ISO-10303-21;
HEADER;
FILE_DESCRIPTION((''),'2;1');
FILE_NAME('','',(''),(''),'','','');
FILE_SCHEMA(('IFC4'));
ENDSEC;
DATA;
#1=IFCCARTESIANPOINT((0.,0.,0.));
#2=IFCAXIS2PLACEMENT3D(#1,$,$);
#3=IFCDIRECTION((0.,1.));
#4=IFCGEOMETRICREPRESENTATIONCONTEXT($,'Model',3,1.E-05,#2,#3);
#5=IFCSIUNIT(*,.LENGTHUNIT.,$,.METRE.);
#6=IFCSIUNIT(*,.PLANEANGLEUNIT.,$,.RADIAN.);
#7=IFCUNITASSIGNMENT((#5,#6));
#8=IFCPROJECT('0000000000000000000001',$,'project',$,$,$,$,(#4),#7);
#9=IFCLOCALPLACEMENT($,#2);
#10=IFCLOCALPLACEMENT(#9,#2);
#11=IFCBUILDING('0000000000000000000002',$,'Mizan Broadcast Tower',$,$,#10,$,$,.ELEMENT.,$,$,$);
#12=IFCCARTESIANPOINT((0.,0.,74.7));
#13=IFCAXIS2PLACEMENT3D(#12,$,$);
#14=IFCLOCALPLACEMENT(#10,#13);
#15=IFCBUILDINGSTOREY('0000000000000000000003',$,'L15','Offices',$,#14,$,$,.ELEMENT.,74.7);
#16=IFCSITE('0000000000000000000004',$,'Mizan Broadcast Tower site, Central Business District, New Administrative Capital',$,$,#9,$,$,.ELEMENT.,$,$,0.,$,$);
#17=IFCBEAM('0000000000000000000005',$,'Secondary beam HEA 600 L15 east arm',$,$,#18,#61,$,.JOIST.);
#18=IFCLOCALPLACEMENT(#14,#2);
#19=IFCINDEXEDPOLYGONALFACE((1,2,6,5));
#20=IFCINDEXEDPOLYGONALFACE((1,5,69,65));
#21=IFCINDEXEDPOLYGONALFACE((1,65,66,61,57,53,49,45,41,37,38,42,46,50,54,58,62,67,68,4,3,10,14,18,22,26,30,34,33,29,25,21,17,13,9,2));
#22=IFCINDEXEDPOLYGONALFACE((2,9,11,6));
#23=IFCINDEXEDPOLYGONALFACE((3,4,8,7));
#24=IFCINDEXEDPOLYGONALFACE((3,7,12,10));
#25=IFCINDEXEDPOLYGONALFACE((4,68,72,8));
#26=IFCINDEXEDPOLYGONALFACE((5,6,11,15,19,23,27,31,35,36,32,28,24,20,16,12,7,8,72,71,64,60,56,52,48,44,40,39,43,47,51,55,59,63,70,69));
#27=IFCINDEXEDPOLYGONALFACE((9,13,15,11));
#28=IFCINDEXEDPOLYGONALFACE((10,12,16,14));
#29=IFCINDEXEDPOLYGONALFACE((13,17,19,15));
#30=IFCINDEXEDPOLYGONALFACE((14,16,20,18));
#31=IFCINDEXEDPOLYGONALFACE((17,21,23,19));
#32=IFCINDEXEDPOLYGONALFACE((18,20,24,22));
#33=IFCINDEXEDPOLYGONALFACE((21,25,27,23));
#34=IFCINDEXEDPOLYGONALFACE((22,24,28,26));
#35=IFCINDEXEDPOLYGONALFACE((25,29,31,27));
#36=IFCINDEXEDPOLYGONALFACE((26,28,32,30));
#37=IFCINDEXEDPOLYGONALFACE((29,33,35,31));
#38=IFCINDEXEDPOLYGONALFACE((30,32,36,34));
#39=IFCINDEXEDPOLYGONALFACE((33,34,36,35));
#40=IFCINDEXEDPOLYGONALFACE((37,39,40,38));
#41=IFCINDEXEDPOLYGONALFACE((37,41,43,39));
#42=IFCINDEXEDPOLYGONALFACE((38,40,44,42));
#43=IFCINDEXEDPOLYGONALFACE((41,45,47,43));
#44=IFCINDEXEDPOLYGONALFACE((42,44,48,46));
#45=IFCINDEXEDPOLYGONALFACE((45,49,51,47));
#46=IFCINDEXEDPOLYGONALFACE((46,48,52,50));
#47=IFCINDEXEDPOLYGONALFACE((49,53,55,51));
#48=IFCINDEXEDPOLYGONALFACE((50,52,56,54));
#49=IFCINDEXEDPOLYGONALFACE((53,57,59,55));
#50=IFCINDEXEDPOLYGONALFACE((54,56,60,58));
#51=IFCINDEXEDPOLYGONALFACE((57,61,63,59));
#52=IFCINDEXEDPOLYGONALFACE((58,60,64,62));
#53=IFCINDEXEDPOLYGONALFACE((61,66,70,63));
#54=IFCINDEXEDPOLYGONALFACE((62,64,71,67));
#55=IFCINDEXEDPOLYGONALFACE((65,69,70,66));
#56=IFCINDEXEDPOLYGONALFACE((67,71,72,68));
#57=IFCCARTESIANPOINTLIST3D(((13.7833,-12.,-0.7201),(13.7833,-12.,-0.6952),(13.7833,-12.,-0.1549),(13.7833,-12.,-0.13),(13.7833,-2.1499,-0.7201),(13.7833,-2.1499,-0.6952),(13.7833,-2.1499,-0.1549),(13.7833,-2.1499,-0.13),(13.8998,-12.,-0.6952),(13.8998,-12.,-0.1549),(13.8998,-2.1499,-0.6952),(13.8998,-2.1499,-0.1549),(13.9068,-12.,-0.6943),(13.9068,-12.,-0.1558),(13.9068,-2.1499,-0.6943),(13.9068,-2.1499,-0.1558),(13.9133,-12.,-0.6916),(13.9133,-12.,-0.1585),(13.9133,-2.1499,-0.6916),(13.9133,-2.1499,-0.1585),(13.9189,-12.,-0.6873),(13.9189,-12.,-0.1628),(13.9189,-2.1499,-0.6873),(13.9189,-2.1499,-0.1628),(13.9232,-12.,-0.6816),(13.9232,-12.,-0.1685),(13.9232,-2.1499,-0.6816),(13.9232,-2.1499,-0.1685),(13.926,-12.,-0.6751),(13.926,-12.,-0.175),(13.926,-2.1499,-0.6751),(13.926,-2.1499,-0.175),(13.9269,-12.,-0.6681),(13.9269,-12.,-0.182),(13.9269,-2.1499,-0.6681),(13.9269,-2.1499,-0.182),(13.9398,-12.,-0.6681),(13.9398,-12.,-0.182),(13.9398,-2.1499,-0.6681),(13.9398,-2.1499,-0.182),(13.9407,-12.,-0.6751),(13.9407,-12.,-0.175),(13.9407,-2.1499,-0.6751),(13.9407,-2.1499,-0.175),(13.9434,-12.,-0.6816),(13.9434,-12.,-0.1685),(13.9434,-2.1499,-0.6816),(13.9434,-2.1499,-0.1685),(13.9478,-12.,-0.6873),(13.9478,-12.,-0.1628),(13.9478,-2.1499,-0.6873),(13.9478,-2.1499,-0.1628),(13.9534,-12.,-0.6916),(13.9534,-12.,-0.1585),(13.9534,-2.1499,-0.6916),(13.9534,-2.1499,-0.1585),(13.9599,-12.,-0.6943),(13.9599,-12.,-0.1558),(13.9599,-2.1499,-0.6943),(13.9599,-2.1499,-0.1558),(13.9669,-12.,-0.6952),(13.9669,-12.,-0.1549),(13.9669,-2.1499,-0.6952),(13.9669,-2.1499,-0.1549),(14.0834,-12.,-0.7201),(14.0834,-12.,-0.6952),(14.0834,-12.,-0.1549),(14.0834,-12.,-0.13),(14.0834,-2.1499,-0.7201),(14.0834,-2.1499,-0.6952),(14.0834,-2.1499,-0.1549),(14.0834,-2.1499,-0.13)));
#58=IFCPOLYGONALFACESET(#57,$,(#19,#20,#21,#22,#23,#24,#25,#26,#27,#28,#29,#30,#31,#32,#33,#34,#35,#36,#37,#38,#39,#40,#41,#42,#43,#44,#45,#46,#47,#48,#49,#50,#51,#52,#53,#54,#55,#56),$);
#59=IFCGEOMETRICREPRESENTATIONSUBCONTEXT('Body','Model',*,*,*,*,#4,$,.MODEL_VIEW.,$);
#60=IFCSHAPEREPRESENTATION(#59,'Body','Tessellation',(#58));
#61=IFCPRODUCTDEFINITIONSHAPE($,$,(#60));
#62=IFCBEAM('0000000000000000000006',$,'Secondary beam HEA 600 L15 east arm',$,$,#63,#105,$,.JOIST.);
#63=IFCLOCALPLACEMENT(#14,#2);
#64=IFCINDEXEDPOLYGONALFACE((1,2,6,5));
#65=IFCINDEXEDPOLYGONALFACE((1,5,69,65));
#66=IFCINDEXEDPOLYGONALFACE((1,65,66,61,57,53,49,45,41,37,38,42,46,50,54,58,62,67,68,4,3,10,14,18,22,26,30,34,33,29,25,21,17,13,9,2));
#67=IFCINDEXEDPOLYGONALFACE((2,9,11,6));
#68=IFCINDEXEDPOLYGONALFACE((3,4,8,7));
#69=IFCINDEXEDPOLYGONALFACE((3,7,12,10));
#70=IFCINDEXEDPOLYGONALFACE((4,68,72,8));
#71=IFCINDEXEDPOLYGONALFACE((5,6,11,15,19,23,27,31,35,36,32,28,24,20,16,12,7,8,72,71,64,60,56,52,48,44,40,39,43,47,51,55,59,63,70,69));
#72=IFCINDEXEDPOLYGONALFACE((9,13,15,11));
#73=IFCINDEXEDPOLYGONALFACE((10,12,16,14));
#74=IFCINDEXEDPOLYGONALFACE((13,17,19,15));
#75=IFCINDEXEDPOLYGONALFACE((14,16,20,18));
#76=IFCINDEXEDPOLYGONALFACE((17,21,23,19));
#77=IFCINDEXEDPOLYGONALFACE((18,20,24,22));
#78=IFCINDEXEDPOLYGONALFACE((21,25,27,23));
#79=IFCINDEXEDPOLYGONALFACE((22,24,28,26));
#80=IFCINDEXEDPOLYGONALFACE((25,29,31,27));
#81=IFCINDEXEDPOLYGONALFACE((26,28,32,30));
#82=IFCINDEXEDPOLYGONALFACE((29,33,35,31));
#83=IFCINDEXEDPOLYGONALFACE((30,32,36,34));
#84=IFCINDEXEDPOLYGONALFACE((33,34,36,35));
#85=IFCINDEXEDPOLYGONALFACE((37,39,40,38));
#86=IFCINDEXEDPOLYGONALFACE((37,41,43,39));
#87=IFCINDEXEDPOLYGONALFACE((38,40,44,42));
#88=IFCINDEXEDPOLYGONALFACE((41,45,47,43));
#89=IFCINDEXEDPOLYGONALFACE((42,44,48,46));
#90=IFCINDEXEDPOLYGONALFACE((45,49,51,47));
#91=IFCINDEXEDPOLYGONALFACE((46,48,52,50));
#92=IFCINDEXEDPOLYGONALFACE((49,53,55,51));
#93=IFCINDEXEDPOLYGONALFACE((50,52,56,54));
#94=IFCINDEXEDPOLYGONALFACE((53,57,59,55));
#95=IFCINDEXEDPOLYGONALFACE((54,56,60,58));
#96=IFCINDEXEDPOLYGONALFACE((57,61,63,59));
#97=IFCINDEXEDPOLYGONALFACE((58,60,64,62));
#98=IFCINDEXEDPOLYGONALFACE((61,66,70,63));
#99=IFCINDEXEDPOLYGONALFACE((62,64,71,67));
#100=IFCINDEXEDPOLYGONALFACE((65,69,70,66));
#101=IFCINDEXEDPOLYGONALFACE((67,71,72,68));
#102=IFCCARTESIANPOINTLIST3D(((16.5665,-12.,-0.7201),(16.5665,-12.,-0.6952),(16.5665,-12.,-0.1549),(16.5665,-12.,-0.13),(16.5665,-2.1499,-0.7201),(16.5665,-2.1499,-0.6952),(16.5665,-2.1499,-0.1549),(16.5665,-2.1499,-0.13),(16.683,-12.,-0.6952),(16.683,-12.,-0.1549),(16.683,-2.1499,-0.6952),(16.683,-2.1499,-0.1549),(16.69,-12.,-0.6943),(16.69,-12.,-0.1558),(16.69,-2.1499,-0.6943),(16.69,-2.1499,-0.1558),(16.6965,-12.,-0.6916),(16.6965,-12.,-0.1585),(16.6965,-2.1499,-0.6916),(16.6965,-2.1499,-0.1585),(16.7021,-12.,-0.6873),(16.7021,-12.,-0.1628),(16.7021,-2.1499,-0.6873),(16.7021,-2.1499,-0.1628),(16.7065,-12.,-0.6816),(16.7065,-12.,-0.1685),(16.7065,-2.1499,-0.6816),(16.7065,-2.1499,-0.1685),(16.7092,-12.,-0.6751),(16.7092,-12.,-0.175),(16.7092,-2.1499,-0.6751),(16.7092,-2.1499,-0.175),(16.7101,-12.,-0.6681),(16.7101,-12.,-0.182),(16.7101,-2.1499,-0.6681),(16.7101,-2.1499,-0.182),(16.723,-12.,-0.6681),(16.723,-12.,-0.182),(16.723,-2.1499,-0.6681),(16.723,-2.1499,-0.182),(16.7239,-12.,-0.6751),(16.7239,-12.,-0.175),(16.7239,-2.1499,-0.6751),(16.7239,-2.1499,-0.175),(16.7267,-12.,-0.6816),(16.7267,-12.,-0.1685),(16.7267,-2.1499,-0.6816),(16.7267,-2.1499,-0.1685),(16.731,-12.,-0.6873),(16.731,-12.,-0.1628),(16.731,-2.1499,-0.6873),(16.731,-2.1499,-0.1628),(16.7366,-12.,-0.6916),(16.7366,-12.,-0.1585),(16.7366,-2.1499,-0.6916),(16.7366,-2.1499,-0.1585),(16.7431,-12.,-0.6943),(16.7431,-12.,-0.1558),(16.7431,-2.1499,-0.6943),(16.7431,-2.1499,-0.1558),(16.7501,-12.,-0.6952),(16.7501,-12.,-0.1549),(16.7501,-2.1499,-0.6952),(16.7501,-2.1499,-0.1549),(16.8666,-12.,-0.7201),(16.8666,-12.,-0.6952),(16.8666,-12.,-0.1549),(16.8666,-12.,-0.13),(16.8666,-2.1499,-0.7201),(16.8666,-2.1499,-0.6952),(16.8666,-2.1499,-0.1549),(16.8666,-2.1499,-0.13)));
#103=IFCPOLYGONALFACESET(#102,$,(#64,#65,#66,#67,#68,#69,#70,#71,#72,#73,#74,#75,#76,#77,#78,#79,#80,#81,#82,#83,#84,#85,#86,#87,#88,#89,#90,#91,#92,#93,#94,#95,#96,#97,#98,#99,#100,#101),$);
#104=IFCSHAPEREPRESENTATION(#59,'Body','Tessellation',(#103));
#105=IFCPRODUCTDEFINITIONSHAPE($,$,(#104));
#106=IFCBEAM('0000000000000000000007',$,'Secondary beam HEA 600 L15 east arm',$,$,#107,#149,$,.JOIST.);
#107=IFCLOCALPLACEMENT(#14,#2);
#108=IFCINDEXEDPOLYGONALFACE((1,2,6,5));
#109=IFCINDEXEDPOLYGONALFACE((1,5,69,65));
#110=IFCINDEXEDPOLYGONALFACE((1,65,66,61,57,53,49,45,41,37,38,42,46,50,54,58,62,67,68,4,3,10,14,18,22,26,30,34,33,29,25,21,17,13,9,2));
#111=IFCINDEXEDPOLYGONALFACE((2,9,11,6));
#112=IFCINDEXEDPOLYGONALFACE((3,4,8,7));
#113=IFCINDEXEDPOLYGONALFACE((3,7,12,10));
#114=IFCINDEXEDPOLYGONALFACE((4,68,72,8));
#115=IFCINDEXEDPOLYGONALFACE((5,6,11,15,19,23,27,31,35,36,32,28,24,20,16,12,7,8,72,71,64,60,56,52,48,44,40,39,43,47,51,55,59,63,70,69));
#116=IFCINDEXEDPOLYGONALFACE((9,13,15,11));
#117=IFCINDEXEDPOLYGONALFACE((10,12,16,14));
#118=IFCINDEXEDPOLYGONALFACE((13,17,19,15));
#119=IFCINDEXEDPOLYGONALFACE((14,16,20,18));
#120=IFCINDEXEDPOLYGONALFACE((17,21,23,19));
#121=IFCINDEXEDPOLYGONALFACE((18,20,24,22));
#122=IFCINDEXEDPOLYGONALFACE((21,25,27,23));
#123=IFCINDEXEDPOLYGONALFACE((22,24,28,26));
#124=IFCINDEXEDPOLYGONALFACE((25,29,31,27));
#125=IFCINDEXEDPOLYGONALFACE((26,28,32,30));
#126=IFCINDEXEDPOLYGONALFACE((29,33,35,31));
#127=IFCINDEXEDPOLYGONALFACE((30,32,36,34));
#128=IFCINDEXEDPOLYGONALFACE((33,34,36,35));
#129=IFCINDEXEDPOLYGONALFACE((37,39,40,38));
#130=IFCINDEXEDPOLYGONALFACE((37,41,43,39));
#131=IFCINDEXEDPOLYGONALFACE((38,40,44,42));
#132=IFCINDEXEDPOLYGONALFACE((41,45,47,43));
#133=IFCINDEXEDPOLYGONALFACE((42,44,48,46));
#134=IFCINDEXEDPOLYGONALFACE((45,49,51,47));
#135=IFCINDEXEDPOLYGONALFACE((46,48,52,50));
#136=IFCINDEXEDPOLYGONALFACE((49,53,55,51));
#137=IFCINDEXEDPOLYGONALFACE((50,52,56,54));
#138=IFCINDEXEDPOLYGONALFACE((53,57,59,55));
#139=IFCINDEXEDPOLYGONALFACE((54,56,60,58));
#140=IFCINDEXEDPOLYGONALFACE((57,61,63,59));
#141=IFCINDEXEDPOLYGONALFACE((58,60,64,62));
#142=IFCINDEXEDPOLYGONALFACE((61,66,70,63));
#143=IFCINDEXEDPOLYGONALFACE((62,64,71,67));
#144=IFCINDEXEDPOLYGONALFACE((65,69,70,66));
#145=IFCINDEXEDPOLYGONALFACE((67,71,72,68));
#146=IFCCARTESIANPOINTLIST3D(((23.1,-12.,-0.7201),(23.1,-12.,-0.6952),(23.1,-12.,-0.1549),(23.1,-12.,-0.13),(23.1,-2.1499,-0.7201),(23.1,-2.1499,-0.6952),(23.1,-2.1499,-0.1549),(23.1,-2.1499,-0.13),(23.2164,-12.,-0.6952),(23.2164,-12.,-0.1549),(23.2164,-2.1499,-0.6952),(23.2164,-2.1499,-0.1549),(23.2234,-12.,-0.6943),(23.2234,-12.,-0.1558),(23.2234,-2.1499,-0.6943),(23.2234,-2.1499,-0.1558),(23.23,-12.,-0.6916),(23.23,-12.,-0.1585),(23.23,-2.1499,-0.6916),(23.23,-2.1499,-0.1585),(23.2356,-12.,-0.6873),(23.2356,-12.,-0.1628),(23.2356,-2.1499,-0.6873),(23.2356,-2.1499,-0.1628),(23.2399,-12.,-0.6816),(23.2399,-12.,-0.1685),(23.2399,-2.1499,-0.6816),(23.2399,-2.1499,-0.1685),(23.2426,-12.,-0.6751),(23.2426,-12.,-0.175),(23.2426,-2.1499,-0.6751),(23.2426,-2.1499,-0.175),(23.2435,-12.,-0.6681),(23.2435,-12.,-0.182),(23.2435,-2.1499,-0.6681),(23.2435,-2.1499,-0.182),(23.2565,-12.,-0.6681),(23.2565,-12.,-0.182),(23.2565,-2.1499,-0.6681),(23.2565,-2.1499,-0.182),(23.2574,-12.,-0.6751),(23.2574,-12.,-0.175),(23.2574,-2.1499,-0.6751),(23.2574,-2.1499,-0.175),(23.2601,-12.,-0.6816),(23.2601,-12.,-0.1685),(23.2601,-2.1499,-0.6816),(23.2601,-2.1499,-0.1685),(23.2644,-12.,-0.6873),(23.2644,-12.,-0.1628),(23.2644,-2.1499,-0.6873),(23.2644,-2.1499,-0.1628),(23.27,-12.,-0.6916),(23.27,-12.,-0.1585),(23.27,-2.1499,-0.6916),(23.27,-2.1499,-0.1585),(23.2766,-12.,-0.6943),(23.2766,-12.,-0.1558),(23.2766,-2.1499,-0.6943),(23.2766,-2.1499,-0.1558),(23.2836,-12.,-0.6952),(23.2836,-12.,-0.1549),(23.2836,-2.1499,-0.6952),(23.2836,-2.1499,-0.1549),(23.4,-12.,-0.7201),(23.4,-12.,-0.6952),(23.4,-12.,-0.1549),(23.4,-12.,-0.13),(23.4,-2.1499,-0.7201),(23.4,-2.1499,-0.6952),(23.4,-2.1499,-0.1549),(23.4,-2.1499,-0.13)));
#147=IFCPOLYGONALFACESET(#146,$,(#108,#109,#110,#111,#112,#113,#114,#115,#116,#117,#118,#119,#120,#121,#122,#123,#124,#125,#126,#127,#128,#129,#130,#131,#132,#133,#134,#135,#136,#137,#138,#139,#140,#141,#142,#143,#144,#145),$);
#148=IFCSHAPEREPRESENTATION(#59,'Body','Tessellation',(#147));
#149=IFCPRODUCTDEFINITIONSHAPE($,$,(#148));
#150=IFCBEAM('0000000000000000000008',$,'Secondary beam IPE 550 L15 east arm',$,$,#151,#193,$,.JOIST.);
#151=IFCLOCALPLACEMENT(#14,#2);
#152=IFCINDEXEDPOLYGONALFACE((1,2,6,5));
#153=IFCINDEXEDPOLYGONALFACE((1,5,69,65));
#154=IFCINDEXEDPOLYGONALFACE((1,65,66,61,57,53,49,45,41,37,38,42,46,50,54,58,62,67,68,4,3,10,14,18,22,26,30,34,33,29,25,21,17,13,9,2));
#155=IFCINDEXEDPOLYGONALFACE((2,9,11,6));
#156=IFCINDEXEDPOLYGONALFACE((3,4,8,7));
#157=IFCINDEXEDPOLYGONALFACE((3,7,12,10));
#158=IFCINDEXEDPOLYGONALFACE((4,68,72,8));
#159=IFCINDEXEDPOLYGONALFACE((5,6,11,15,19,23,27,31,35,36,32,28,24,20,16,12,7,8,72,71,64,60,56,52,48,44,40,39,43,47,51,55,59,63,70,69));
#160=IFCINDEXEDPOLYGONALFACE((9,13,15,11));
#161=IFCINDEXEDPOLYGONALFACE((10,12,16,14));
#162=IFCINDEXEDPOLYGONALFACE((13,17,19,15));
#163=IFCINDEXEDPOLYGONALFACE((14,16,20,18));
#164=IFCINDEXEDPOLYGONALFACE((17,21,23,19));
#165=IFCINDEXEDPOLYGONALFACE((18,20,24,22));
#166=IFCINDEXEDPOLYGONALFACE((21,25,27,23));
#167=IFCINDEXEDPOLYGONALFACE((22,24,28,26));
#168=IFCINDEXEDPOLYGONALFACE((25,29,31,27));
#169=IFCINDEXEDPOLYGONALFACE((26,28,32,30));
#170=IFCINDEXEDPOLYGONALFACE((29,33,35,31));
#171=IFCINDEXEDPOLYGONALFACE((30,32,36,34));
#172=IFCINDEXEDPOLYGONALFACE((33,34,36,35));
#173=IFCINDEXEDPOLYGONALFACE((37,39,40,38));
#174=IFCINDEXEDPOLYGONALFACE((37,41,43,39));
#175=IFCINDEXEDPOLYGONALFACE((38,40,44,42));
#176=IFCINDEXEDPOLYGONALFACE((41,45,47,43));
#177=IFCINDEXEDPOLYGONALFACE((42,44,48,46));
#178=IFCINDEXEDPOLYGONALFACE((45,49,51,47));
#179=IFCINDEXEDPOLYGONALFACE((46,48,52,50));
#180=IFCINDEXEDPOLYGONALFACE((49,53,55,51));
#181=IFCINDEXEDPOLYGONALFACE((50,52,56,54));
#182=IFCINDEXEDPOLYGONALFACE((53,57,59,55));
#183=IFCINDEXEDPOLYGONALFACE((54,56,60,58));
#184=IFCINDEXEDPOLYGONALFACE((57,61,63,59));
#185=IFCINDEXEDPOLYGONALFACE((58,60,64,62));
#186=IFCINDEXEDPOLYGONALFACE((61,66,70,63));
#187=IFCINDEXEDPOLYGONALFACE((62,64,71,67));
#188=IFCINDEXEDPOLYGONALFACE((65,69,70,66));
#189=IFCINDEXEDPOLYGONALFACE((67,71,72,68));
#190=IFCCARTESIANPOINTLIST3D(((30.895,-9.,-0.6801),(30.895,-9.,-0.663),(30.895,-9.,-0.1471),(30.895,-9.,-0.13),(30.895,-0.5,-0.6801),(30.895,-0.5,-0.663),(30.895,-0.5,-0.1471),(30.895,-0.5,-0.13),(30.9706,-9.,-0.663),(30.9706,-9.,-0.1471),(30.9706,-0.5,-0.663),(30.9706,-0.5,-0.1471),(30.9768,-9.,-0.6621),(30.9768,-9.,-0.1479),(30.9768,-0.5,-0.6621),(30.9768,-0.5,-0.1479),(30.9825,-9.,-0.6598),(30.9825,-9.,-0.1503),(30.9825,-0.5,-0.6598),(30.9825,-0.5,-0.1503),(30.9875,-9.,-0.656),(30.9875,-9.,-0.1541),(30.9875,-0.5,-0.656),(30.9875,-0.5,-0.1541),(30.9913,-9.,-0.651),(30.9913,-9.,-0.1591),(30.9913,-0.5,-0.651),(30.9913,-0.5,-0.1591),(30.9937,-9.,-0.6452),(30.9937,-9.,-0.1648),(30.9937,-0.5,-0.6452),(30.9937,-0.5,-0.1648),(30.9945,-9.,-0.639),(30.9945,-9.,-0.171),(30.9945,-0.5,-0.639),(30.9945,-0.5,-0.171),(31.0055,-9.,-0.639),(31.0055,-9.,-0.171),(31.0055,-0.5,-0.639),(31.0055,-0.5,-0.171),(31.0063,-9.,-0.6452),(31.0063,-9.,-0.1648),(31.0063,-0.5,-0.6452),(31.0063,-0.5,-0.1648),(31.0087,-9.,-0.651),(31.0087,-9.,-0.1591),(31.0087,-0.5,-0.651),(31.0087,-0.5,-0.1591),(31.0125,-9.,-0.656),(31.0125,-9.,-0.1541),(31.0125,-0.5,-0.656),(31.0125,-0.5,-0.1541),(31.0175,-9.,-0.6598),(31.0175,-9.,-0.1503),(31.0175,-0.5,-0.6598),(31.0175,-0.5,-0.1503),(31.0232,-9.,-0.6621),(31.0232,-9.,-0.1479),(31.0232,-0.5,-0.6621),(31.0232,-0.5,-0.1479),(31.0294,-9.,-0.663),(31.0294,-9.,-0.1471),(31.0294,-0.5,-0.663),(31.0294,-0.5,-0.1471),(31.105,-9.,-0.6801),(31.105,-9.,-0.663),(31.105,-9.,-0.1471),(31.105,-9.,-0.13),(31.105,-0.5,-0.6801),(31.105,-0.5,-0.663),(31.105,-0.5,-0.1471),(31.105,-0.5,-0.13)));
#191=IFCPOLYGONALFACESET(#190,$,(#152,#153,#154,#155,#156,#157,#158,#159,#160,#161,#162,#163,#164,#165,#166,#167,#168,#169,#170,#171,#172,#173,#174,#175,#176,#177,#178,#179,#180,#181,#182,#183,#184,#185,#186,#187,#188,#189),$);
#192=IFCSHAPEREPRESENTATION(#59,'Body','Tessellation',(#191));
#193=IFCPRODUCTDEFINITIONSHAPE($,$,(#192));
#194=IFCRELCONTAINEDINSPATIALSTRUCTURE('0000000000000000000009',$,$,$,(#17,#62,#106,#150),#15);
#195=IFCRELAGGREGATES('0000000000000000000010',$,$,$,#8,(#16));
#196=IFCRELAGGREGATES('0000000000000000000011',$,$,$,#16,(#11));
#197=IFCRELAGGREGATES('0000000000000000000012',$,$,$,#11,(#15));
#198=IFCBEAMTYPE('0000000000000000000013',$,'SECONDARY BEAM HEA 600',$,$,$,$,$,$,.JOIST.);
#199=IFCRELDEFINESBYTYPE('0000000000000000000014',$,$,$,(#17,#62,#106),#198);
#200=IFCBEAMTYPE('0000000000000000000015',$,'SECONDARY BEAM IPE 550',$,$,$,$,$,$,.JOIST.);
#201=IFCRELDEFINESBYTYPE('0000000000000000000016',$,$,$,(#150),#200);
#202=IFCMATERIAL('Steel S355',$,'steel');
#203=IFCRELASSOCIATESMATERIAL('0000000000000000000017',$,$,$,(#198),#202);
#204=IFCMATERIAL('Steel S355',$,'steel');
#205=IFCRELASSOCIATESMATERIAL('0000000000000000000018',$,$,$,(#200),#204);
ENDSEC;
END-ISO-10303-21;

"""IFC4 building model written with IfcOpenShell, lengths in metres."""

from ifc_helpers import new_model, si_unit, direction, frame, origin, origin_2d, place, context, subcontext, project, spatial, i_section, extrude, material, material_profile, profile_set, type_object, element, save


model = new_model("IFC4")

# Units and contexts
model_context = context("Model", 3, precision=1e-05, world=origin(), true_north=direction((0.0, 1.0)))
body_context = subcontext(model_context, "Body", "Model", "MODEL_VIEW")
ifc_project = project(units=[si_unit("LENGTHUNIT", "METRE"), si_unit("PLANEANGLEUNIT", "RADIAN")], contexts=[model_context])

# Site, building, storey
site_placement = place(None, origin())
site = spatial("IfcSite", under=ifc_project, at=site_placement, Name="Mizan Broadcast Tower site, Central Business District, New Administrative Capital", CompositionType="ELEMENT", RefElevation=0.0)
building_placement = place(site_placement, origin())
building = spatial("IfcBuilding", under=site, at=building_placement, Name="Mizan Broadcast Tower", CompositionType="ELEMENT")
storey_placement = place(building_placement, frame((0.0, 0.0, 74.7)))
storey = spatial("IfcBuildingStorey", under=building, at=storey_placement, Name="L15", Description="Offices", CompositionType="ELEMENT", Elevation=74.7)

# Beams
ifc_material_1 = material(Name="Steel S355", Category="steel")
ifc_material_profile_1 = material_profile(ifc_material_1, i_section(OverallWidth=0.3, OverallDepth=0.5901, WebThickness=0.0129, FlangeThickness=0.0249, FilletRadius=0.0271, at=origin_2d()), Name="HEA 600")
ifc_profile_set_1 = profile_set([ifc_material_profile_1], Name="Steel S355")
beam_type_1 = type_object("IfcBeamType", Name="SECONDARY BEAM HEA 600", PredefinedType="JOIST", material=ifc_profile_set_1)
for number, where, z_axis, x_axis, name in (
    (1, (13.9333, -12.0, -0.425), (0.0, 1.0, 0.0), (-1.0, 0.0, 0.0), "Secondary beam HEA 600 L15 east arm"),
    (2, (16.7166, -12.0, -0.425), (0.0, 1.0, 0.0), (-1.0, 0.0, 0.0), "Secondary beam HEA 600 L15 east arm"),
    (3, (23.25, -12.0, -0.425), (0.0, 1.0, 0.0), (-1.0, 0.0, 0.0), "Secondary beam HEA 600 L15 east arm"),
):
    element("IfcBeam", number, at=place(storey_placement, frame(where, z_axis=z_axis, x_axis=x_axis)), inside=storey, type_object=beam_type_1, Name=name, PredefinedType="JOIST", context=body_context, shape_type="SweptSolid", body=[
        extrude(i_section(OverallWidth=0.3, OverallDepth=0.5901, WebThickness=0.0129, FlangeThickness=0.0249, FilletRadius=0.0271, at=origin_2d()), origin(), (0.0, 0.0, 1.0), 9.8501),
    ])
ifc_material_2 = material(Name="Steel S355", Category="steel")
ifc_material_profile_2 = material_profile(ifc_material_2, i_section(OverallWidth=0.21, OverallDepth=0.55, WebThickness=0.011, FlangeThickness=0.0171, FilletRadius=0.0239, at=origin_2d()), Name="IPE 550")
ifc_profile_set_2 = profile_set([ifc_material_profile_2], Name="Steel S355")
beam_type_2 = type_object("IfcBeamType", Name="SECONDARY BEAM IPE 550", PredefinedType="JOIST", material=ifc_profile_set_2)
beam_1_placement = place(storey_placement, frame((31.0, -9.0, -0.405), z_axis=(0.0, 1.0, 0.0), x_axis=(-1.0, 0.0, 0.0)))
element("IfcBeam", 4, at=beam_1_placement, inside=storey, type_object=beam_type_2, Name="Secondary beam IPE 550 L15 east arm", PredefinedType="JOIST", context=body_context, shape_type="SweptSolid", body=[
    extrude(i_section(OverallWidth=0.21, OverallDepth=0.55, WebThickness=0.011, FlangeThickness=0.0171, FilletRadius=0.0239, at=origin_2d()), origin(), (0.0, 0.0, 1.0), 8.5),
])

save(model, "model.ifc")
